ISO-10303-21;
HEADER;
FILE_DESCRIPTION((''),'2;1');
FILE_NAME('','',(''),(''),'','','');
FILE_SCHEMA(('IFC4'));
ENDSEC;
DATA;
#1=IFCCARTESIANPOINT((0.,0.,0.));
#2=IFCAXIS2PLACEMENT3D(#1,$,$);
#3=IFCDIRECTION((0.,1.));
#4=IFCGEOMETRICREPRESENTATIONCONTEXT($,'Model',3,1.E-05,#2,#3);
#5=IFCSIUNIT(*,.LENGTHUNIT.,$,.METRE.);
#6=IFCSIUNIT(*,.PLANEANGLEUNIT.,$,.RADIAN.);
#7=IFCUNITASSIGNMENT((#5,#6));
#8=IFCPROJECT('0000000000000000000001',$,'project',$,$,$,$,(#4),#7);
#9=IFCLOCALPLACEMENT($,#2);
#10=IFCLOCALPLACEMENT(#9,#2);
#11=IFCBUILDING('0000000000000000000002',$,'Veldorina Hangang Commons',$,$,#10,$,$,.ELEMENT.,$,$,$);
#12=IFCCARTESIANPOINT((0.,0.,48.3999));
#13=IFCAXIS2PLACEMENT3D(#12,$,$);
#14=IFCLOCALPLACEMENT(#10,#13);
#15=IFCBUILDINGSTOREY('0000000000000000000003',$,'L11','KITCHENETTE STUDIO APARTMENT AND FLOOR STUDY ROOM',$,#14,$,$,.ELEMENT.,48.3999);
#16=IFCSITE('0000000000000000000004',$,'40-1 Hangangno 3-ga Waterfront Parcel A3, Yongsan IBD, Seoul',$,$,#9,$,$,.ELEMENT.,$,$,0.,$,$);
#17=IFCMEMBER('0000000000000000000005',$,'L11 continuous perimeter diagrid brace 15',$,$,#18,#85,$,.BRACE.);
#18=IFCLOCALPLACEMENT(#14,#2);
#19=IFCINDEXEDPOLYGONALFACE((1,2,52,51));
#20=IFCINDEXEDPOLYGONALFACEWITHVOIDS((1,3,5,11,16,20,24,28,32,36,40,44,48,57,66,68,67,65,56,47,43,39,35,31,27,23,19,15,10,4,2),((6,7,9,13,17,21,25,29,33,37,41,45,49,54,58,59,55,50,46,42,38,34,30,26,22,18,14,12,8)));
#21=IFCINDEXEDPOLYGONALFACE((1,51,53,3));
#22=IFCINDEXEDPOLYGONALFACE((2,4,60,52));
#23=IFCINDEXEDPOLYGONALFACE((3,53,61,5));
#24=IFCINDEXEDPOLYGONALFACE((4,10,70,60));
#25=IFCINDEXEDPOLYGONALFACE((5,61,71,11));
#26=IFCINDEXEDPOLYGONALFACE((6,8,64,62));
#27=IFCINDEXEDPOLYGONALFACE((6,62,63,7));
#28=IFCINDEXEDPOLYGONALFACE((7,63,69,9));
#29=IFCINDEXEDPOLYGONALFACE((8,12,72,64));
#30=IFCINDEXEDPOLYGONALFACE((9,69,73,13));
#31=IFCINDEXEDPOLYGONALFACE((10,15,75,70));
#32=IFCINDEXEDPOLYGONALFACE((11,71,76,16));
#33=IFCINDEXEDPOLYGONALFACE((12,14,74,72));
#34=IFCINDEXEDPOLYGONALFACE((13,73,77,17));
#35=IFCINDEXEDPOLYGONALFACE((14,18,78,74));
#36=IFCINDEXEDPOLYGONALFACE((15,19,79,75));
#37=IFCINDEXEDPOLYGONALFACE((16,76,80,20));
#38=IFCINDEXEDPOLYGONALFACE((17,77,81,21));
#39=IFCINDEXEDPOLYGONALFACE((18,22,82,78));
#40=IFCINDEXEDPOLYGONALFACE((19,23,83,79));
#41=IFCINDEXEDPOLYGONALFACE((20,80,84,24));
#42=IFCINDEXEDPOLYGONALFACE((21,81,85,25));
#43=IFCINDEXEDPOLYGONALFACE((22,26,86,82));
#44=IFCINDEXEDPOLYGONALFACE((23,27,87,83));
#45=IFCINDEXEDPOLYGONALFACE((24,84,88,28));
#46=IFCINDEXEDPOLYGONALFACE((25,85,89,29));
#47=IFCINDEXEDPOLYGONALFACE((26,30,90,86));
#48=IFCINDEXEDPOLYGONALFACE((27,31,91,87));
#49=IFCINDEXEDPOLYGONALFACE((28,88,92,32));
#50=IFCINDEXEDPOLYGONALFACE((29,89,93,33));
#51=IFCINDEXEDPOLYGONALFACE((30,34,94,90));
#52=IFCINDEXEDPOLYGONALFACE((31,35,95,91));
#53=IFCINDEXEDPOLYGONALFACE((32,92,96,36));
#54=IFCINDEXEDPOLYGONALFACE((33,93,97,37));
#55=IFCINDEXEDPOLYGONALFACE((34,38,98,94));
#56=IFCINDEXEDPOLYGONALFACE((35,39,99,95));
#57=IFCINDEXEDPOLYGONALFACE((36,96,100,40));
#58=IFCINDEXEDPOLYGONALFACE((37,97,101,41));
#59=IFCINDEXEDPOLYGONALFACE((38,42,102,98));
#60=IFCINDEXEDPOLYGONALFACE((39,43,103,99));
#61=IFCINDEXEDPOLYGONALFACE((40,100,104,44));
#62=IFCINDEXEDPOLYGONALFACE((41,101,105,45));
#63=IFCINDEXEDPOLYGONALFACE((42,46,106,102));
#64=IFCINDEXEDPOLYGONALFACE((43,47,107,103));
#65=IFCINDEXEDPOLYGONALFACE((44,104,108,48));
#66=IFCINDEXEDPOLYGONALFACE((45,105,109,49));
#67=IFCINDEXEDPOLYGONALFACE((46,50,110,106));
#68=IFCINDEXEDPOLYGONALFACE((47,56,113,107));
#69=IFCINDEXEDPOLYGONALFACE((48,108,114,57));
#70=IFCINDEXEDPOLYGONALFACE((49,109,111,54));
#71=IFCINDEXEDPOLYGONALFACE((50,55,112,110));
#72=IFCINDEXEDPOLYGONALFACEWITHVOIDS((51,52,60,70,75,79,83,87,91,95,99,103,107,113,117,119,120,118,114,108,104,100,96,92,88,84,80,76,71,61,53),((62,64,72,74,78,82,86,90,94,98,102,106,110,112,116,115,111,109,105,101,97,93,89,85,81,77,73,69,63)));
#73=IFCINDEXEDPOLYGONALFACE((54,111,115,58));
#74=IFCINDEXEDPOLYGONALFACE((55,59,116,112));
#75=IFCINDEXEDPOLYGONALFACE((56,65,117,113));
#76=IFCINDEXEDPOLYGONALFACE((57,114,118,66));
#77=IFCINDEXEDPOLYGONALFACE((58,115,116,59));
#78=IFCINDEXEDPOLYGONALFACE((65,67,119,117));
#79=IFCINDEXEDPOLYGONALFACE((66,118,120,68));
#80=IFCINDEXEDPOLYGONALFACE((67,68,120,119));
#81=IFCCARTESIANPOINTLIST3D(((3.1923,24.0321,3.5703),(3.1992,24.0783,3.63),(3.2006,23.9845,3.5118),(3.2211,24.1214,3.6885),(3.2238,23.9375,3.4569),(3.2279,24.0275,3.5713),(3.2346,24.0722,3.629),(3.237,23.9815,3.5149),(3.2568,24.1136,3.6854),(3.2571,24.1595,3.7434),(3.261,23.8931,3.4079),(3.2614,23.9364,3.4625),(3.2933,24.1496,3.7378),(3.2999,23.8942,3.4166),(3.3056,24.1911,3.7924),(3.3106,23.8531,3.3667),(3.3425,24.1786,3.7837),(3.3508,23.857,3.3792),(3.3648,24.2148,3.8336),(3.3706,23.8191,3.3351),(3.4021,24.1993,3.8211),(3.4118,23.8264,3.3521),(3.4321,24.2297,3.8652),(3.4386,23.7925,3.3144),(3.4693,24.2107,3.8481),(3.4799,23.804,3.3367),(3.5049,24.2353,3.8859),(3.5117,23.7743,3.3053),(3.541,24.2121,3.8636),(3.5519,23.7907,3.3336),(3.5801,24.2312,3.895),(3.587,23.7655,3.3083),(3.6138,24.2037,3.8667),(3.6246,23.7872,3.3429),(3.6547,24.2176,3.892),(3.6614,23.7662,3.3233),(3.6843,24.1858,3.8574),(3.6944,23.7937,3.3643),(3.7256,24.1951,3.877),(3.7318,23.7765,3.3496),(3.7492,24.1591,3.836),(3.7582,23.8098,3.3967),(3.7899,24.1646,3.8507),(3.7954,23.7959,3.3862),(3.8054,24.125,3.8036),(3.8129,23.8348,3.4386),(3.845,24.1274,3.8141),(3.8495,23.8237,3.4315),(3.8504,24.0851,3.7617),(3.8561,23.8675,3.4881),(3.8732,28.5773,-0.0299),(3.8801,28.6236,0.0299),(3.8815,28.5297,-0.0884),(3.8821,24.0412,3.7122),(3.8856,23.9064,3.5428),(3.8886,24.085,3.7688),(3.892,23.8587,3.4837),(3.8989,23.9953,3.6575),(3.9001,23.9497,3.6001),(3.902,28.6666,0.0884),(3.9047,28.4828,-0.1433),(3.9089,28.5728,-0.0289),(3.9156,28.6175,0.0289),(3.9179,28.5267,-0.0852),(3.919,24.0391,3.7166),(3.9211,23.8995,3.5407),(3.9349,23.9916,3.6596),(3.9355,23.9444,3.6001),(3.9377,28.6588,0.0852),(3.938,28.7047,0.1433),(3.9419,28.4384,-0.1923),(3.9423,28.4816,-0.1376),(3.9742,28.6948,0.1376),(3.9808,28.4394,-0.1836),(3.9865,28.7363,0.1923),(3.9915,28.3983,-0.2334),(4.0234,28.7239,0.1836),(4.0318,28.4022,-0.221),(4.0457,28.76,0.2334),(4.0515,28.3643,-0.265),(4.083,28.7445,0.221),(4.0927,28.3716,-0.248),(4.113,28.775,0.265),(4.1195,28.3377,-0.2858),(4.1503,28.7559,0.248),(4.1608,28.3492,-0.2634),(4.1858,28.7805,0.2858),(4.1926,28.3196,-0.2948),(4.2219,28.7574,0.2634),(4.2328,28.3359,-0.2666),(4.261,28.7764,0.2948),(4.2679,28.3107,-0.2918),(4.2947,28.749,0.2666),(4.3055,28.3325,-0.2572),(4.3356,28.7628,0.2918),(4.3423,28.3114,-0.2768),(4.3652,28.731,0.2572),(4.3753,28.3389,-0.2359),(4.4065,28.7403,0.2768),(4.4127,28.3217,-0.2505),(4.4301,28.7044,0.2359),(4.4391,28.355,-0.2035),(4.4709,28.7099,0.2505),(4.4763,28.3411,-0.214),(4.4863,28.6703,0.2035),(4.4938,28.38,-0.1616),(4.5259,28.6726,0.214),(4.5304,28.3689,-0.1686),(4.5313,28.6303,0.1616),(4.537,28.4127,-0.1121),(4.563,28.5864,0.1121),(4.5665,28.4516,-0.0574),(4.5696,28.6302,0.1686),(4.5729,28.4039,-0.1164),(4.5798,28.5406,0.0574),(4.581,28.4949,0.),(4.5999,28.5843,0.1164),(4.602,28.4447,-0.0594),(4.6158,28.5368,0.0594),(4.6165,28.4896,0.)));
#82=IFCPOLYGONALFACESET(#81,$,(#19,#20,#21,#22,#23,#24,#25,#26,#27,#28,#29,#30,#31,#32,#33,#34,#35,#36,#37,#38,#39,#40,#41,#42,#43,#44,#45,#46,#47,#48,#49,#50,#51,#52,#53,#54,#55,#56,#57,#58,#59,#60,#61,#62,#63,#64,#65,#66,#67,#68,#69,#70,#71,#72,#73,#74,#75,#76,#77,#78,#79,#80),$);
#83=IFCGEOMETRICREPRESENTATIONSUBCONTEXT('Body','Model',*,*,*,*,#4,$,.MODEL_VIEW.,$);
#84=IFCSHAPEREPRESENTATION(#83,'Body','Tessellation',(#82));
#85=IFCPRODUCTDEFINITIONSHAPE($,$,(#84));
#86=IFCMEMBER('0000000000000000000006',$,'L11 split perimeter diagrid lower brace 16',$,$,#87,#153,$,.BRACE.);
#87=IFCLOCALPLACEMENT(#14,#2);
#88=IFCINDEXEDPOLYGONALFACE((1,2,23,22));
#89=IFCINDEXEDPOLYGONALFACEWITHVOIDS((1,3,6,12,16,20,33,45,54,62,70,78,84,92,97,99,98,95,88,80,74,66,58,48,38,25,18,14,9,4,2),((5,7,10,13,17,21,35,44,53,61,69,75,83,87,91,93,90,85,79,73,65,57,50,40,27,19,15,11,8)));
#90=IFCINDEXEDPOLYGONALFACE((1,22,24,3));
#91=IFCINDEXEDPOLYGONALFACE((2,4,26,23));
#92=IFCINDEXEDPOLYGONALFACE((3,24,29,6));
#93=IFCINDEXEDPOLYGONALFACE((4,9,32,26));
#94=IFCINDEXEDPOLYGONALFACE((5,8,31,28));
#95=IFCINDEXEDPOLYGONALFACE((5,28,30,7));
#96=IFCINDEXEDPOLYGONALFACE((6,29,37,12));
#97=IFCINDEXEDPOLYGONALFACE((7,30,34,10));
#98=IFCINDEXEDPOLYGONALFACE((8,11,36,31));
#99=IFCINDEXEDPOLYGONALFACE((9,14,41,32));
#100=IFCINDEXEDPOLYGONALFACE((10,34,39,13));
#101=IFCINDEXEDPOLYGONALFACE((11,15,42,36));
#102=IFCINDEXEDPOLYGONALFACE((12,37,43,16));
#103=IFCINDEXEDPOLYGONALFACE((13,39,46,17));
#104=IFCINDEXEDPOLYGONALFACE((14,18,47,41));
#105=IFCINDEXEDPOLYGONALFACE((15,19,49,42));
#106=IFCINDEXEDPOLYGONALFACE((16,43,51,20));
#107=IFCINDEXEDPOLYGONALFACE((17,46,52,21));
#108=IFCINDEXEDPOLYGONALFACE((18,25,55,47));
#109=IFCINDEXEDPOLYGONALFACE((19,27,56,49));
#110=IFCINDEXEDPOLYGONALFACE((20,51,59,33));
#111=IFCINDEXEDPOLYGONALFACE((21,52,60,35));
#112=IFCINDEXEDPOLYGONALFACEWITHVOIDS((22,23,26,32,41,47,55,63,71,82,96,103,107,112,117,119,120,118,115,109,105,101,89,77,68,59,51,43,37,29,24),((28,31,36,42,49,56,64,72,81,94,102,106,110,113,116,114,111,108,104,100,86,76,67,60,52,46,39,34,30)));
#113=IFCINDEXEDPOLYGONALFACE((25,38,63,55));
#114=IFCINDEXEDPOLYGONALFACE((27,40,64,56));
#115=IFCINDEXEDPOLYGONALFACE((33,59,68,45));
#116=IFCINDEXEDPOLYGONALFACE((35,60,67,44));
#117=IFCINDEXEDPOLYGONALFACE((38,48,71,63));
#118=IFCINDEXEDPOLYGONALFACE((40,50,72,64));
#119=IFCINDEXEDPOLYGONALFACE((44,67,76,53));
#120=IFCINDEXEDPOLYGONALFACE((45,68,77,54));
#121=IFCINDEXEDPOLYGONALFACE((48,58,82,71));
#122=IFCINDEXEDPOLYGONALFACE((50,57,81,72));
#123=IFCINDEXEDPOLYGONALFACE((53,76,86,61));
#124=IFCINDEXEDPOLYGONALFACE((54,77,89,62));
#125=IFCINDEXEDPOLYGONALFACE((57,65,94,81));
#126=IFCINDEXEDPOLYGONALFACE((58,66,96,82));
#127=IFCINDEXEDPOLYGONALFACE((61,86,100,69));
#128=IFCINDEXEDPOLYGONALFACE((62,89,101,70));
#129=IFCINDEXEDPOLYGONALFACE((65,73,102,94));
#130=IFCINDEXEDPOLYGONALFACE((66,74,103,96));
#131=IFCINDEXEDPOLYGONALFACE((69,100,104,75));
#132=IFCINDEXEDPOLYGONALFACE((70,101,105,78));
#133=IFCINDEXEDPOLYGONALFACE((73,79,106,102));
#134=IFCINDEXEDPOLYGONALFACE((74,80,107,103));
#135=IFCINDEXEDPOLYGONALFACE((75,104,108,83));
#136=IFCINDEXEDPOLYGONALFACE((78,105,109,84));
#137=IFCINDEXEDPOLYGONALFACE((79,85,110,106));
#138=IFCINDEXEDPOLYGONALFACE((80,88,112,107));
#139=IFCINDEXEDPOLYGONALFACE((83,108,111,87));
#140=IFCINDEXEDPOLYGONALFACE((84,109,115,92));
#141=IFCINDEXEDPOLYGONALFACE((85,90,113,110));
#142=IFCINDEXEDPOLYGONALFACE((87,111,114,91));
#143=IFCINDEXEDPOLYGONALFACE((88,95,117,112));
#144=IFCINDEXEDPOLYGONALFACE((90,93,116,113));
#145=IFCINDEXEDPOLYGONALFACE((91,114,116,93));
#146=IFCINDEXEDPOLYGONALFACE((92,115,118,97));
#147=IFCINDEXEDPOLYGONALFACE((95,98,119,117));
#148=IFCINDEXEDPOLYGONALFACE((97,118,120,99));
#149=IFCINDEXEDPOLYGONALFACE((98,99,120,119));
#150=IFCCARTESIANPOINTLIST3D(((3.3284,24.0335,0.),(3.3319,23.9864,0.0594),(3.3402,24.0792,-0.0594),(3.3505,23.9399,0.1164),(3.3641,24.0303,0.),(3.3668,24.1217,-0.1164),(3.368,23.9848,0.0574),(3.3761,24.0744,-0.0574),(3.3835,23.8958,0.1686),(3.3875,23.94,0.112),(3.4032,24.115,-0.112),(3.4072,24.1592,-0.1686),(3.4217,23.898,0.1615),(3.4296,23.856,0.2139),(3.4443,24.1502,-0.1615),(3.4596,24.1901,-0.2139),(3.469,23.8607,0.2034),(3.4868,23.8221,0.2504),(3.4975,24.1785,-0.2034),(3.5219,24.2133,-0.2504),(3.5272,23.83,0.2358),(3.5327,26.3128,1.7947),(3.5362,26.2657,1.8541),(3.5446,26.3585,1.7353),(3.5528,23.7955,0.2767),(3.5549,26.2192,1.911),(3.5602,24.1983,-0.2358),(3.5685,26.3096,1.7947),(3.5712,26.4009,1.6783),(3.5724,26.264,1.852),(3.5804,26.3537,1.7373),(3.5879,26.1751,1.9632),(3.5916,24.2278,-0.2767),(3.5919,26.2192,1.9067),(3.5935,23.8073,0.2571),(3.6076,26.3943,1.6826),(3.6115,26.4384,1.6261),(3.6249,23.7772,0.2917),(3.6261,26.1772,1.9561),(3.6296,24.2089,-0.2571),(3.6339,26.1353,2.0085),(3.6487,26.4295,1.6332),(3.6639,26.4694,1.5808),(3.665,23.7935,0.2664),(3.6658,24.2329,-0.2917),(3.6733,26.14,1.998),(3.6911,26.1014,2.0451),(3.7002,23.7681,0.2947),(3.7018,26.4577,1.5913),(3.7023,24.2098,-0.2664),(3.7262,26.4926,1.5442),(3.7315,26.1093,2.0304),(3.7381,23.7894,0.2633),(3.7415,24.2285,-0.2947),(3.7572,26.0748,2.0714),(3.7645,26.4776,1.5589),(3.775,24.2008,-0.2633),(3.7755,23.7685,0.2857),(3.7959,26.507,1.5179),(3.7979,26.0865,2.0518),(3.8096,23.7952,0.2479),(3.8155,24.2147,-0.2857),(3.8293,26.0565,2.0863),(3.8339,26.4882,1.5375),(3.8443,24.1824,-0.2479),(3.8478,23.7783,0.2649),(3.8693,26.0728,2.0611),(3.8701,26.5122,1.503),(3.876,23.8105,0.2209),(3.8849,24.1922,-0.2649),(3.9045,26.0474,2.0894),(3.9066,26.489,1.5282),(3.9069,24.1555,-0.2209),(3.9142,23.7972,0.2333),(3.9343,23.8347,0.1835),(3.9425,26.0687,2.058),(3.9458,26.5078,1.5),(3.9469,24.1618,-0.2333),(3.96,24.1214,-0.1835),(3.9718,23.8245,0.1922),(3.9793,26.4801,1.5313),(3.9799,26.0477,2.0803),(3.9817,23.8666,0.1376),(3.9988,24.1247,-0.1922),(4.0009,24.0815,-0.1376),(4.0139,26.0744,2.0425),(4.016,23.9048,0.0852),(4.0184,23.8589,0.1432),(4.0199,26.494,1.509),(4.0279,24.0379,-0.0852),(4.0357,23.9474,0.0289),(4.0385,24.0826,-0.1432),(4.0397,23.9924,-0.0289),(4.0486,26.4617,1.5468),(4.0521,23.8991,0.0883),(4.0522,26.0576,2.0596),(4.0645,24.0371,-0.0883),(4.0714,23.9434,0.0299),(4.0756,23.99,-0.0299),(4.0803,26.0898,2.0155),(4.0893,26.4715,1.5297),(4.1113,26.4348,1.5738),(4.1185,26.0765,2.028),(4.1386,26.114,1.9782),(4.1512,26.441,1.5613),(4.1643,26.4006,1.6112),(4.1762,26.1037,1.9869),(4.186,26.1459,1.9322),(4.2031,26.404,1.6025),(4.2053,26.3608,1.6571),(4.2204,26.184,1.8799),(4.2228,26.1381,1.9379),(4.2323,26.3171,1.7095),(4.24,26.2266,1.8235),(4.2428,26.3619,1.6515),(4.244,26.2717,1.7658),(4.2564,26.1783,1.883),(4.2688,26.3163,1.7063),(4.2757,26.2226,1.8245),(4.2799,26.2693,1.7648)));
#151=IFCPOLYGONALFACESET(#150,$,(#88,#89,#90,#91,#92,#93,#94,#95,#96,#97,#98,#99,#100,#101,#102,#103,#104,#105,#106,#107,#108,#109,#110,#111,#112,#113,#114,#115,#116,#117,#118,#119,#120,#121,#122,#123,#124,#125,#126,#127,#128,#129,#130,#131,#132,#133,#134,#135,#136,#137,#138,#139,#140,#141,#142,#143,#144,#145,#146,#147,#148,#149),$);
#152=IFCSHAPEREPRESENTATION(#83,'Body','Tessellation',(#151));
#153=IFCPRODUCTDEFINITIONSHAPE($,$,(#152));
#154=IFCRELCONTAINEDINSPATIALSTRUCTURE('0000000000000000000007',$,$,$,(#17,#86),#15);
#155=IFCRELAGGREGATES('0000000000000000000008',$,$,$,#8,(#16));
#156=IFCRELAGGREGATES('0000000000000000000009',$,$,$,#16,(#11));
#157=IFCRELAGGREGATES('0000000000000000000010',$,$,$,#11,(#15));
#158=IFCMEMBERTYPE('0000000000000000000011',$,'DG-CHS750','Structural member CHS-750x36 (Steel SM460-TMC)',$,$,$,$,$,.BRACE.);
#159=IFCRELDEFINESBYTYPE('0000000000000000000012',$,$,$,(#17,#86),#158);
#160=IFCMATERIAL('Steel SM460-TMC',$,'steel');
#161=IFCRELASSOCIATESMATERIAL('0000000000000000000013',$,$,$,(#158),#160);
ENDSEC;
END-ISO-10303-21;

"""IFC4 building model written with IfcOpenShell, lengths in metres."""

from ifc_helpers import new_model, si_unit, direction, frame, origin, origin_2d, place, context, subcontext, project, spatial, hollow_circle, extrude, material, material_profile, profile_set, type_object, element, save


model = new_model("IFC4")

# Units and contexts
model_context = context("Model", 3, precision=1e-05, world=origin(), true_north=direction((0.0, 1.0)))
body_context = subcontext(model_context, "Body", "Model", "MODEL_VIEW")
ifc_project = project(units=[si_unit("LENGTHUNIT", "METRE"), si_unit("PLANEANGLEUNIT", "RADIAN")], contexts=[model_context])

# Site, building, storey
site_placement = place(None, origin())
site = spatial("IfcSite", under=ifc_project, at=site_placement, Name="40-1 Hangangno 3-ga Waterfront Parcel A3, Yongsan IBD, Seoul", CompositionType="ELEMENT", RefElevation=0.0)
building_placement = place(site_placement, origin())
building = spatial("IfcBuilding", under=site, at=building_placement, Name="Veldorina Hangang Commons", CompositionType="ELEMENT")
storey_placement = place(building_placement, frame((0.0, 0.0, 48.3999)))
storey = spatial("IfcBuildingStorey", under=building, at=storey_placement, Name="L11", Description="KITCHENETTE STUDIO APARTMENT AND FLOOR STUDY ROOM", CompositionType="ELEMENT", Elevation=48.3999)

# Shared definitions
ifc_material_1 = material(Name="Steel SM460-TMC", Category="steel")

# Members
ifc_material_profile_1 = material_profile(ifc_material_1, hollow_circle(Radius=0.375, WallThickness=0.0359, at=origin_2d()), Name="CHS-750x36")
ifc_profile_set_1 = profile_set([ifc_material_profile_1], Name="Steel SM460-TMC")
member_type = type_object("IfcMemberType", Name="DG-CHS750", Description="Structural member CHS-750x36 (Steel SM460-TMC)", PredefinedType="BRACE", material=ifc_profile_set_1)
member_1_placement = place(storey_placement, frame((4.2456, 28.5452, 0.0), z_axis=(-0.116633, -0.778541, 0.616661), x_axis=(0.988964, -0.148156, 0.0)))
element("IfcMember", 1, at=member_1_placement, inside=storey, type_object=member_type, Name="L11 continuous perimeter diagrid brace 15", PredefinedType="BRACE", context=body_context, shape_type="SweptSolid", body=[
    extrude(hollow_circle(Radius=0.375, WallThickness=0.0359, at=origin_2d()), origin(), (0.0, 0.0, 1.0), 5.8381),
])
member_2_placement = place(storey_placement, frame((3.7019, 24.0, 0.0), z_axis=(0.070265, 0.783739, 0.617102), x_axis=(-0.996005, 0.089295, 0.0)))
element("IfcMember", 2, at=member_2_placement, inside=storey, type_object=member_type, Name="L11 split perimeter diagrid lower brace 16", PredefinedType="BRACE", context=body_context, shape_type="SweptSolid", body=[
    extrude(hollow_circle(Radius=0.375, WallThickness=0.0359, at=origin_2d()), origin(), (0.0, 0.0, 1.0), 2.9082),
])

save(model, "model.ifc")
